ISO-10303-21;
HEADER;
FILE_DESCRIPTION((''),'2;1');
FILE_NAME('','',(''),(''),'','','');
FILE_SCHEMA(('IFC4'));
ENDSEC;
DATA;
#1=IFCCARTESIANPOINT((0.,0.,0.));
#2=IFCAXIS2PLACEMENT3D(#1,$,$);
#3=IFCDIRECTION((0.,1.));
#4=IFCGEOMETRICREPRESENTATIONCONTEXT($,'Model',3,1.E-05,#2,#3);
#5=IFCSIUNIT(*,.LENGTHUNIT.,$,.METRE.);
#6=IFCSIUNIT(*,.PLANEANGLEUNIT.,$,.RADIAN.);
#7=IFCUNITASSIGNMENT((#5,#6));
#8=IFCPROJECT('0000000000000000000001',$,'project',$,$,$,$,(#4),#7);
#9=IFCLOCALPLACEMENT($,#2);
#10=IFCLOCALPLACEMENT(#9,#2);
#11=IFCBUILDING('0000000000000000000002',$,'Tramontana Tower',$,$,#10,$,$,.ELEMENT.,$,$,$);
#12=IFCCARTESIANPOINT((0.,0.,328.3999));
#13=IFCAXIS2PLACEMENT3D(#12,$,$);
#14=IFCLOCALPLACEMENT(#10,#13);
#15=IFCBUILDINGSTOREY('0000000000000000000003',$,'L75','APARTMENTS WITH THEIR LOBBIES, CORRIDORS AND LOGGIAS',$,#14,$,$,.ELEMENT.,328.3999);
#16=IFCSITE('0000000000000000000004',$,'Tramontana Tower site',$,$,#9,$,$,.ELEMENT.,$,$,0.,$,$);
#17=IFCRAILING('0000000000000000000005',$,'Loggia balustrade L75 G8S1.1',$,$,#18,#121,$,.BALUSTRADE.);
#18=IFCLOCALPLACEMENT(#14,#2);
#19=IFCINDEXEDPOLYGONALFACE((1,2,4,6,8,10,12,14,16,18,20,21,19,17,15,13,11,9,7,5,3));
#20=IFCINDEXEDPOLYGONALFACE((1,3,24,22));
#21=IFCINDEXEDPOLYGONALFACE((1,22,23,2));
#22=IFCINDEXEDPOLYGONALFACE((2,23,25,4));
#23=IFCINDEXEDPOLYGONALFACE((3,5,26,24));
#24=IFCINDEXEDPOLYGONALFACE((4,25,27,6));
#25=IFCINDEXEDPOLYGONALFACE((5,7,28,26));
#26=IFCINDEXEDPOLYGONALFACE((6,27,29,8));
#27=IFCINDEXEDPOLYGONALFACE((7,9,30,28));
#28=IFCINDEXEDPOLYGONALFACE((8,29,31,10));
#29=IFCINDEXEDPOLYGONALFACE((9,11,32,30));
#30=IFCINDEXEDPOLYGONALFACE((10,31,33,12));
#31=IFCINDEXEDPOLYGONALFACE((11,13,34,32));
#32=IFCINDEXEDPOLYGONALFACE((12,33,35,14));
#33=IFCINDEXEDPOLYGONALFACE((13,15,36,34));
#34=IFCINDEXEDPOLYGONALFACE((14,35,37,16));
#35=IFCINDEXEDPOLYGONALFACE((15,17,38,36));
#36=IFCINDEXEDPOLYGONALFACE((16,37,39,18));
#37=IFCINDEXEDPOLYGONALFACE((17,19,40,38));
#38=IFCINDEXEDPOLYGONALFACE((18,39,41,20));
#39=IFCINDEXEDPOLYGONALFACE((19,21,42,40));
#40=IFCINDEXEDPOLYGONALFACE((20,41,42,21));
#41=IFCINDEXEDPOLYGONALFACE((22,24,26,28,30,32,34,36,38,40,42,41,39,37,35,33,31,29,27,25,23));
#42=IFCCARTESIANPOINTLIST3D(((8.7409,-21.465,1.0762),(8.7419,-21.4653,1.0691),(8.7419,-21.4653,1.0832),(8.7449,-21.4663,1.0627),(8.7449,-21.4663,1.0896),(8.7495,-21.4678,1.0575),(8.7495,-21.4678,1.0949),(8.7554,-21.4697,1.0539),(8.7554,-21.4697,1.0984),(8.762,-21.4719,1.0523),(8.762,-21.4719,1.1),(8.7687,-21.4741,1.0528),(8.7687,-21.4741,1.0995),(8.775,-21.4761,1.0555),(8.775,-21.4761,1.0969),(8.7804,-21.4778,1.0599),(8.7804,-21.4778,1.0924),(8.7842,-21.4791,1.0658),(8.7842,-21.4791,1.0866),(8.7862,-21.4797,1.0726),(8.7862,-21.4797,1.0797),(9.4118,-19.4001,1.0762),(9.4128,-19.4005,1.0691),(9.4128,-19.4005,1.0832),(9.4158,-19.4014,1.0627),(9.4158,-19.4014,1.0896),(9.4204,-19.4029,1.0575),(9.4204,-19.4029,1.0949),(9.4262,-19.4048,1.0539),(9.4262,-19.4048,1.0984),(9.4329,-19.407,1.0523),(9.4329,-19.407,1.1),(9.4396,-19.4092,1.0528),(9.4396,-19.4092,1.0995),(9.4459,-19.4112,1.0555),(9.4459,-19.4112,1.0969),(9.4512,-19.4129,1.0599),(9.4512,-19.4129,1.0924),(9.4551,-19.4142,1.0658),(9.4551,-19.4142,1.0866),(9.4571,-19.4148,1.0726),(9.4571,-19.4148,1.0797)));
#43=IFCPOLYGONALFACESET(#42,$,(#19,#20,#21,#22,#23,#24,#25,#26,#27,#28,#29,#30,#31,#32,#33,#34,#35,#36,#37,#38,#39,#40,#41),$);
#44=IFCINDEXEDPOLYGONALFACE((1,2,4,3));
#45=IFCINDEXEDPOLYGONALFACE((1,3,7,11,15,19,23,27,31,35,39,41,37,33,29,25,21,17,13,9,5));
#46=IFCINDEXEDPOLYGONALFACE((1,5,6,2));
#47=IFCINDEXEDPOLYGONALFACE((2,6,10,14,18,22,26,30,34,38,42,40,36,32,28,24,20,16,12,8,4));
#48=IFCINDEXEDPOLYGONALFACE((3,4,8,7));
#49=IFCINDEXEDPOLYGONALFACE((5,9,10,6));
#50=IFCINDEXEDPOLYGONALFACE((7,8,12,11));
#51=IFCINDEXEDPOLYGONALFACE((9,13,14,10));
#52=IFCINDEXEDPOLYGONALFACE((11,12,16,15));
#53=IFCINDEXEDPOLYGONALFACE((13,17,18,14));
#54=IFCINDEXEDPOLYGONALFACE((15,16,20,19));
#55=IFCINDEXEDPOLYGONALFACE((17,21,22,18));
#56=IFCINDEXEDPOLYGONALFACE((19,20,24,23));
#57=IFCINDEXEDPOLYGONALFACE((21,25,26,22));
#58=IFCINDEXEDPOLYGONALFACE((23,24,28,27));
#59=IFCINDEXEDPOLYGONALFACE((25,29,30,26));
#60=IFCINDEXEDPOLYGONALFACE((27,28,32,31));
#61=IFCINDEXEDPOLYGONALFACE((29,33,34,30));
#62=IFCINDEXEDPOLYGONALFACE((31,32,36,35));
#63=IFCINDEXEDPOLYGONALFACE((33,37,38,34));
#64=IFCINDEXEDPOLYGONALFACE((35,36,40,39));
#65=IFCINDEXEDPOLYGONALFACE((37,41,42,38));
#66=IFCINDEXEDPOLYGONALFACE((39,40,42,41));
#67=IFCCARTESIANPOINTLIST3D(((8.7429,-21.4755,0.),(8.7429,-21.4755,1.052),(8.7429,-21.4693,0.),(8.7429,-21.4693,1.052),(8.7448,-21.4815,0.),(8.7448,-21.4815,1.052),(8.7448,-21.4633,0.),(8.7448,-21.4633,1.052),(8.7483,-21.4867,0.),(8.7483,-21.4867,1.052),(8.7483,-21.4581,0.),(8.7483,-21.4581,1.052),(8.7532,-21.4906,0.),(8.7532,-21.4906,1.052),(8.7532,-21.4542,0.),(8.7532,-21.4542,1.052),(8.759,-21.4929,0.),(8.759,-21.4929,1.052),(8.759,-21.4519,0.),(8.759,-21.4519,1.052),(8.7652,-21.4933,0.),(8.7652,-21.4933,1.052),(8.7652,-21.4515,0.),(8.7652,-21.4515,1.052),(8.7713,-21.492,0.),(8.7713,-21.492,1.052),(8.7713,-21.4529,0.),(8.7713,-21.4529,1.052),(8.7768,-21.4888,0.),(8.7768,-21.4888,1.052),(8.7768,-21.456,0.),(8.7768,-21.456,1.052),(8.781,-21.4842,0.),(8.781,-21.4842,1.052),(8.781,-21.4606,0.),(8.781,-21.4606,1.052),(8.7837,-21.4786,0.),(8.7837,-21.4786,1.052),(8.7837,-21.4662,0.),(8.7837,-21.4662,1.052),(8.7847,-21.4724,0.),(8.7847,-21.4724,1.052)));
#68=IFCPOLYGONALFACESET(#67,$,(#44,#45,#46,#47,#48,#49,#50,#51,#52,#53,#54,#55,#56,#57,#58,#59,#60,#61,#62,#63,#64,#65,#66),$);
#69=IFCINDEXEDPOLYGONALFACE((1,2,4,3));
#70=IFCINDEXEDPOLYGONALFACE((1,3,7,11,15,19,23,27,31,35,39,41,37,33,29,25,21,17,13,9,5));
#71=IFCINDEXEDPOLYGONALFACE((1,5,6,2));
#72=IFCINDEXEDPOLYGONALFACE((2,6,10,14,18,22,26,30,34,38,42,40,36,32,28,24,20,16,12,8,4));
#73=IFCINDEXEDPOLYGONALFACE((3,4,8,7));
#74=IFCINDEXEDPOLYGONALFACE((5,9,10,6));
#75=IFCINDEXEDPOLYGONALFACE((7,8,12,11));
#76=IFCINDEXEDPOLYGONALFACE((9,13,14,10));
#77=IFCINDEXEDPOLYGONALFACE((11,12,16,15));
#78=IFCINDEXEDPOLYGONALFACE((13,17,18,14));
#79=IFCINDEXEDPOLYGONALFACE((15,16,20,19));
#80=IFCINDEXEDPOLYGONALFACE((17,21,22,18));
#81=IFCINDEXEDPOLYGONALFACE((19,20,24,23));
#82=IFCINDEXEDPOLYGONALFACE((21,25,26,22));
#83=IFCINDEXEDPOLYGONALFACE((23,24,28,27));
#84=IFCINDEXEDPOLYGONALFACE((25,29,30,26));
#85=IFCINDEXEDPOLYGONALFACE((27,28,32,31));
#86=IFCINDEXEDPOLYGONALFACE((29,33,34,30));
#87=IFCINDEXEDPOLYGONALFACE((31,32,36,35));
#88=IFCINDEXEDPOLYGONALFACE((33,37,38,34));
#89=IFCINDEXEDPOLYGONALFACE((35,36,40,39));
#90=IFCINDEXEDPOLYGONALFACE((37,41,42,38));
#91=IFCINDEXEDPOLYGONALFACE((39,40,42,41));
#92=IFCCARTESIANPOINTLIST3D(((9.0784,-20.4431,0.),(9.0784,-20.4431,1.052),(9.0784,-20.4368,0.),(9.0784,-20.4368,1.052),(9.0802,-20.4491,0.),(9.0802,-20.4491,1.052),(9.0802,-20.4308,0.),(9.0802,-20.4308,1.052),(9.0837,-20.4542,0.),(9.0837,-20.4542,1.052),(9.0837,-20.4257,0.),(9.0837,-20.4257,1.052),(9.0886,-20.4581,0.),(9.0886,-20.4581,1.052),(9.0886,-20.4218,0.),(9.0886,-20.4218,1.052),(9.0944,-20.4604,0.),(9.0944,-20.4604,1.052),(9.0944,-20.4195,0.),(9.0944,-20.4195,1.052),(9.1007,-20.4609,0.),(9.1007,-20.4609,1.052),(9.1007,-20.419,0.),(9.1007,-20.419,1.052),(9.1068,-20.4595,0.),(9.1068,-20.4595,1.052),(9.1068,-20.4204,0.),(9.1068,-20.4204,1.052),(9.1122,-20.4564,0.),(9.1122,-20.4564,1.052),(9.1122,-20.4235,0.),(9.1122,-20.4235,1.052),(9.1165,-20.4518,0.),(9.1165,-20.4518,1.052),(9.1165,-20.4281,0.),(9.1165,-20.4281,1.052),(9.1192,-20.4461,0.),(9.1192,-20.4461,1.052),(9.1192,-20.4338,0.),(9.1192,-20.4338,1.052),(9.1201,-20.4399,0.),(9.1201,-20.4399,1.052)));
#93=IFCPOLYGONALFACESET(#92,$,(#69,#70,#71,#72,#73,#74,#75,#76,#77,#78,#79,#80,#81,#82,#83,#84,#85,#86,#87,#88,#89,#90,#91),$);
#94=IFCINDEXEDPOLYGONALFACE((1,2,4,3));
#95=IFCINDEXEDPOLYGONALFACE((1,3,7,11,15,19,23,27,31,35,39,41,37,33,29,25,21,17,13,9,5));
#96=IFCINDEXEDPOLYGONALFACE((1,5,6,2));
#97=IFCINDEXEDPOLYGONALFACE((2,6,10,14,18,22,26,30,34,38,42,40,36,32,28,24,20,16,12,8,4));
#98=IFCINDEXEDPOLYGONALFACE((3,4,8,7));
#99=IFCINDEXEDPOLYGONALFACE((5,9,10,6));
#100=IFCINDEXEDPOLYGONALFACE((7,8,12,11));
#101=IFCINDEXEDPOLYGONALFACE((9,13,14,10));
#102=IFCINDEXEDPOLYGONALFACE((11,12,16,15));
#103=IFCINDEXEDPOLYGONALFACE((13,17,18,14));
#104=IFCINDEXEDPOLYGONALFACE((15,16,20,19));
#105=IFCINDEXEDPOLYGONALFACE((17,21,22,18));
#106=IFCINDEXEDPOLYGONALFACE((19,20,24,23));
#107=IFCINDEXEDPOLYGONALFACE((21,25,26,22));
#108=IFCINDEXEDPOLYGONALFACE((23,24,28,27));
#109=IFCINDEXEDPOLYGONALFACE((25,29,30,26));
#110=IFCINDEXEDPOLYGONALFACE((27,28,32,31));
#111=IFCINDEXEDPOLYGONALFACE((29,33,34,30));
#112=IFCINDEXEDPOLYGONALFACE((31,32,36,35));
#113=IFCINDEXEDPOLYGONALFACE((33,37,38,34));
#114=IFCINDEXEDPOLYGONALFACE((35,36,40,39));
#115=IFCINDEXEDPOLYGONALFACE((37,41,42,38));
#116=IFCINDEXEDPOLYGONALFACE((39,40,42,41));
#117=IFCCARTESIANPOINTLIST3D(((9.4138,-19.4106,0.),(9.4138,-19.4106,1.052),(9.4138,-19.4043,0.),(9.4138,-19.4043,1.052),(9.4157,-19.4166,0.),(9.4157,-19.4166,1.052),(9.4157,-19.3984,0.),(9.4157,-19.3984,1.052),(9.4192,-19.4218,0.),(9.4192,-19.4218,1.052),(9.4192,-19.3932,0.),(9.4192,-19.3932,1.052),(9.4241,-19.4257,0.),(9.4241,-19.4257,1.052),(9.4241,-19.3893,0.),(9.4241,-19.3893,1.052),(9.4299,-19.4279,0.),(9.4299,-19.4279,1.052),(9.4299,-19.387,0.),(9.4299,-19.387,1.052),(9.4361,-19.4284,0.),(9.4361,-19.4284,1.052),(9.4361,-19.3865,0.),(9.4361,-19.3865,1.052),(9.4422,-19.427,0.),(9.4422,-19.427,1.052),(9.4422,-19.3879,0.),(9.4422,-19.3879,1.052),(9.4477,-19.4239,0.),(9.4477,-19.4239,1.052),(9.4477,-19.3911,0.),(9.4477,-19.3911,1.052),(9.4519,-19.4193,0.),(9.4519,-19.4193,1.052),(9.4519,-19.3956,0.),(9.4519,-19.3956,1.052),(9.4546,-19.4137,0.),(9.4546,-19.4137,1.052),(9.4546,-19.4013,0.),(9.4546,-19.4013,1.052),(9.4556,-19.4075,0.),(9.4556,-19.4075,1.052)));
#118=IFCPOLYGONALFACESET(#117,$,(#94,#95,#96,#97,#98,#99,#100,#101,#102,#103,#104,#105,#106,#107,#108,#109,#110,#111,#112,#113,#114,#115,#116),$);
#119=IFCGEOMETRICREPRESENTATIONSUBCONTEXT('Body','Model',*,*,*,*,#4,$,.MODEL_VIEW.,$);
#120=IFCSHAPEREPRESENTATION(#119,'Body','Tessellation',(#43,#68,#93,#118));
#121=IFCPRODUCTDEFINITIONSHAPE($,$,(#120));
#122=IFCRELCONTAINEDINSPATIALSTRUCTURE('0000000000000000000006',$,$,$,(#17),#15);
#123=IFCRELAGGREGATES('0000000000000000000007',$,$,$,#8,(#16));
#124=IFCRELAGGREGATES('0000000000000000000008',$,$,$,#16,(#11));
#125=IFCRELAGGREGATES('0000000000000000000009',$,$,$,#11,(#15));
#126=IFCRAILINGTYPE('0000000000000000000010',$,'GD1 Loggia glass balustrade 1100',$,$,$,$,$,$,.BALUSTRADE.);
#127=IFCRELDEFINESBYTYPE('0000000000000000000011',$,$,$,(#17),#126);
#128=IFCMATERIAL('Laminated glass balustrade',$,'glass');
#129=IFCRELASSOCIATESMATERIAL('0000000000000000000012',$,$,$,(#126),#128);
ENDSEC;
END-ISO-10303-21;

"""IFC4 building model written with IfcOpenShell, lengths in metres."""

from ifc_helpers import new_model, si_unit, direction, frame, origin, origin_2d, place, context, subcontext, project, spatial, circle, extrude, material, type_object, element, save


model = new_model("IFC4")

# Units and contexts
model_context = context("Model", 3, precision=1e-05, world=origin(), true_north=direction((0.0, 1.0)))
body_context = subcontext(model_context, "Body", "Model", "MODEL_VIEW")
ifc_project = project(units=[si_unit("LENGTHUNIT", "METRE"), si_unit("PLANEANGLEUNIT", "RADIAN")], contexts=[model_context])

# Site, building, storey
site_placement = place(None, origin())
site = spatial("IfcSite", under=ifc_project, at=site_placement, Name="Tramontana Tower site", CompositionType="ELEMENT", RefElevation=0.0)
building_placement = place(site_placement, origin())
building = spatial("IfcBuilding", under=site, at=building_placement, Name="Tramontana Tower", CompositionType="ELEMENT")
storey_placement = place(building_placement, frame((0.0, 0.0, 328.3999)))
storey = spatial("IfcBuildingStorey", under=building, at=storey_placement, Name="L75", Description="APARTMENTS WITH THEIR LOBBIES, CORRIDORS AND LOGGIAS", CompositionType="ELEMENT", Elevation=328.3999)

# Railing
ifc_material_1 = material(Name="Laminated glass balustrade", Category="glass")
railing_type = type_object("IfcRailingType", Name="GD1 Loggia glass balustrade 1100", PredefinedType="BALUSTRADE", material=ifc_material_1)
railing_1_placement = place(storey_placement, frame((8.7637, -21.4724, 0.0)))
element("IfcRailing", 1, at=railing_1_placement, inside=storey, type_object=railing_type, Name="Loggia balustrade L75 G8S1.1", PredefinedType="BALUSTRADE", context=body_context, shape_type="SweptSolid", body=[
    extrude(circle(Radius=0.0239, at=origin_2d()), frame((0.0, 0.0, 1.0762), z_axis=(0.309, 0.951062, 0.0), x_axis=(-0.951062, 0.309, 0.0)), (0.0, 0.0, 1.0), 2.1711),
    extrude(circle(Radius=0.021, at=origin_2d()), origin(), (0.0, 0.0, 1.0), 1.052),
    extrude(circle(Radius=0.021, at=origin_2d()), frame((0.3354, 1.0325, 0.0)), (0.0, 0.0, 1.0), 1.052),
    extrude(circle(Radius=0.021, at=origin_2d()), frame((0.6709, 2.0649, 0.0)), (0.0, 0.0, 1.0), 1.052),
])

save(model, "model.ifc")
